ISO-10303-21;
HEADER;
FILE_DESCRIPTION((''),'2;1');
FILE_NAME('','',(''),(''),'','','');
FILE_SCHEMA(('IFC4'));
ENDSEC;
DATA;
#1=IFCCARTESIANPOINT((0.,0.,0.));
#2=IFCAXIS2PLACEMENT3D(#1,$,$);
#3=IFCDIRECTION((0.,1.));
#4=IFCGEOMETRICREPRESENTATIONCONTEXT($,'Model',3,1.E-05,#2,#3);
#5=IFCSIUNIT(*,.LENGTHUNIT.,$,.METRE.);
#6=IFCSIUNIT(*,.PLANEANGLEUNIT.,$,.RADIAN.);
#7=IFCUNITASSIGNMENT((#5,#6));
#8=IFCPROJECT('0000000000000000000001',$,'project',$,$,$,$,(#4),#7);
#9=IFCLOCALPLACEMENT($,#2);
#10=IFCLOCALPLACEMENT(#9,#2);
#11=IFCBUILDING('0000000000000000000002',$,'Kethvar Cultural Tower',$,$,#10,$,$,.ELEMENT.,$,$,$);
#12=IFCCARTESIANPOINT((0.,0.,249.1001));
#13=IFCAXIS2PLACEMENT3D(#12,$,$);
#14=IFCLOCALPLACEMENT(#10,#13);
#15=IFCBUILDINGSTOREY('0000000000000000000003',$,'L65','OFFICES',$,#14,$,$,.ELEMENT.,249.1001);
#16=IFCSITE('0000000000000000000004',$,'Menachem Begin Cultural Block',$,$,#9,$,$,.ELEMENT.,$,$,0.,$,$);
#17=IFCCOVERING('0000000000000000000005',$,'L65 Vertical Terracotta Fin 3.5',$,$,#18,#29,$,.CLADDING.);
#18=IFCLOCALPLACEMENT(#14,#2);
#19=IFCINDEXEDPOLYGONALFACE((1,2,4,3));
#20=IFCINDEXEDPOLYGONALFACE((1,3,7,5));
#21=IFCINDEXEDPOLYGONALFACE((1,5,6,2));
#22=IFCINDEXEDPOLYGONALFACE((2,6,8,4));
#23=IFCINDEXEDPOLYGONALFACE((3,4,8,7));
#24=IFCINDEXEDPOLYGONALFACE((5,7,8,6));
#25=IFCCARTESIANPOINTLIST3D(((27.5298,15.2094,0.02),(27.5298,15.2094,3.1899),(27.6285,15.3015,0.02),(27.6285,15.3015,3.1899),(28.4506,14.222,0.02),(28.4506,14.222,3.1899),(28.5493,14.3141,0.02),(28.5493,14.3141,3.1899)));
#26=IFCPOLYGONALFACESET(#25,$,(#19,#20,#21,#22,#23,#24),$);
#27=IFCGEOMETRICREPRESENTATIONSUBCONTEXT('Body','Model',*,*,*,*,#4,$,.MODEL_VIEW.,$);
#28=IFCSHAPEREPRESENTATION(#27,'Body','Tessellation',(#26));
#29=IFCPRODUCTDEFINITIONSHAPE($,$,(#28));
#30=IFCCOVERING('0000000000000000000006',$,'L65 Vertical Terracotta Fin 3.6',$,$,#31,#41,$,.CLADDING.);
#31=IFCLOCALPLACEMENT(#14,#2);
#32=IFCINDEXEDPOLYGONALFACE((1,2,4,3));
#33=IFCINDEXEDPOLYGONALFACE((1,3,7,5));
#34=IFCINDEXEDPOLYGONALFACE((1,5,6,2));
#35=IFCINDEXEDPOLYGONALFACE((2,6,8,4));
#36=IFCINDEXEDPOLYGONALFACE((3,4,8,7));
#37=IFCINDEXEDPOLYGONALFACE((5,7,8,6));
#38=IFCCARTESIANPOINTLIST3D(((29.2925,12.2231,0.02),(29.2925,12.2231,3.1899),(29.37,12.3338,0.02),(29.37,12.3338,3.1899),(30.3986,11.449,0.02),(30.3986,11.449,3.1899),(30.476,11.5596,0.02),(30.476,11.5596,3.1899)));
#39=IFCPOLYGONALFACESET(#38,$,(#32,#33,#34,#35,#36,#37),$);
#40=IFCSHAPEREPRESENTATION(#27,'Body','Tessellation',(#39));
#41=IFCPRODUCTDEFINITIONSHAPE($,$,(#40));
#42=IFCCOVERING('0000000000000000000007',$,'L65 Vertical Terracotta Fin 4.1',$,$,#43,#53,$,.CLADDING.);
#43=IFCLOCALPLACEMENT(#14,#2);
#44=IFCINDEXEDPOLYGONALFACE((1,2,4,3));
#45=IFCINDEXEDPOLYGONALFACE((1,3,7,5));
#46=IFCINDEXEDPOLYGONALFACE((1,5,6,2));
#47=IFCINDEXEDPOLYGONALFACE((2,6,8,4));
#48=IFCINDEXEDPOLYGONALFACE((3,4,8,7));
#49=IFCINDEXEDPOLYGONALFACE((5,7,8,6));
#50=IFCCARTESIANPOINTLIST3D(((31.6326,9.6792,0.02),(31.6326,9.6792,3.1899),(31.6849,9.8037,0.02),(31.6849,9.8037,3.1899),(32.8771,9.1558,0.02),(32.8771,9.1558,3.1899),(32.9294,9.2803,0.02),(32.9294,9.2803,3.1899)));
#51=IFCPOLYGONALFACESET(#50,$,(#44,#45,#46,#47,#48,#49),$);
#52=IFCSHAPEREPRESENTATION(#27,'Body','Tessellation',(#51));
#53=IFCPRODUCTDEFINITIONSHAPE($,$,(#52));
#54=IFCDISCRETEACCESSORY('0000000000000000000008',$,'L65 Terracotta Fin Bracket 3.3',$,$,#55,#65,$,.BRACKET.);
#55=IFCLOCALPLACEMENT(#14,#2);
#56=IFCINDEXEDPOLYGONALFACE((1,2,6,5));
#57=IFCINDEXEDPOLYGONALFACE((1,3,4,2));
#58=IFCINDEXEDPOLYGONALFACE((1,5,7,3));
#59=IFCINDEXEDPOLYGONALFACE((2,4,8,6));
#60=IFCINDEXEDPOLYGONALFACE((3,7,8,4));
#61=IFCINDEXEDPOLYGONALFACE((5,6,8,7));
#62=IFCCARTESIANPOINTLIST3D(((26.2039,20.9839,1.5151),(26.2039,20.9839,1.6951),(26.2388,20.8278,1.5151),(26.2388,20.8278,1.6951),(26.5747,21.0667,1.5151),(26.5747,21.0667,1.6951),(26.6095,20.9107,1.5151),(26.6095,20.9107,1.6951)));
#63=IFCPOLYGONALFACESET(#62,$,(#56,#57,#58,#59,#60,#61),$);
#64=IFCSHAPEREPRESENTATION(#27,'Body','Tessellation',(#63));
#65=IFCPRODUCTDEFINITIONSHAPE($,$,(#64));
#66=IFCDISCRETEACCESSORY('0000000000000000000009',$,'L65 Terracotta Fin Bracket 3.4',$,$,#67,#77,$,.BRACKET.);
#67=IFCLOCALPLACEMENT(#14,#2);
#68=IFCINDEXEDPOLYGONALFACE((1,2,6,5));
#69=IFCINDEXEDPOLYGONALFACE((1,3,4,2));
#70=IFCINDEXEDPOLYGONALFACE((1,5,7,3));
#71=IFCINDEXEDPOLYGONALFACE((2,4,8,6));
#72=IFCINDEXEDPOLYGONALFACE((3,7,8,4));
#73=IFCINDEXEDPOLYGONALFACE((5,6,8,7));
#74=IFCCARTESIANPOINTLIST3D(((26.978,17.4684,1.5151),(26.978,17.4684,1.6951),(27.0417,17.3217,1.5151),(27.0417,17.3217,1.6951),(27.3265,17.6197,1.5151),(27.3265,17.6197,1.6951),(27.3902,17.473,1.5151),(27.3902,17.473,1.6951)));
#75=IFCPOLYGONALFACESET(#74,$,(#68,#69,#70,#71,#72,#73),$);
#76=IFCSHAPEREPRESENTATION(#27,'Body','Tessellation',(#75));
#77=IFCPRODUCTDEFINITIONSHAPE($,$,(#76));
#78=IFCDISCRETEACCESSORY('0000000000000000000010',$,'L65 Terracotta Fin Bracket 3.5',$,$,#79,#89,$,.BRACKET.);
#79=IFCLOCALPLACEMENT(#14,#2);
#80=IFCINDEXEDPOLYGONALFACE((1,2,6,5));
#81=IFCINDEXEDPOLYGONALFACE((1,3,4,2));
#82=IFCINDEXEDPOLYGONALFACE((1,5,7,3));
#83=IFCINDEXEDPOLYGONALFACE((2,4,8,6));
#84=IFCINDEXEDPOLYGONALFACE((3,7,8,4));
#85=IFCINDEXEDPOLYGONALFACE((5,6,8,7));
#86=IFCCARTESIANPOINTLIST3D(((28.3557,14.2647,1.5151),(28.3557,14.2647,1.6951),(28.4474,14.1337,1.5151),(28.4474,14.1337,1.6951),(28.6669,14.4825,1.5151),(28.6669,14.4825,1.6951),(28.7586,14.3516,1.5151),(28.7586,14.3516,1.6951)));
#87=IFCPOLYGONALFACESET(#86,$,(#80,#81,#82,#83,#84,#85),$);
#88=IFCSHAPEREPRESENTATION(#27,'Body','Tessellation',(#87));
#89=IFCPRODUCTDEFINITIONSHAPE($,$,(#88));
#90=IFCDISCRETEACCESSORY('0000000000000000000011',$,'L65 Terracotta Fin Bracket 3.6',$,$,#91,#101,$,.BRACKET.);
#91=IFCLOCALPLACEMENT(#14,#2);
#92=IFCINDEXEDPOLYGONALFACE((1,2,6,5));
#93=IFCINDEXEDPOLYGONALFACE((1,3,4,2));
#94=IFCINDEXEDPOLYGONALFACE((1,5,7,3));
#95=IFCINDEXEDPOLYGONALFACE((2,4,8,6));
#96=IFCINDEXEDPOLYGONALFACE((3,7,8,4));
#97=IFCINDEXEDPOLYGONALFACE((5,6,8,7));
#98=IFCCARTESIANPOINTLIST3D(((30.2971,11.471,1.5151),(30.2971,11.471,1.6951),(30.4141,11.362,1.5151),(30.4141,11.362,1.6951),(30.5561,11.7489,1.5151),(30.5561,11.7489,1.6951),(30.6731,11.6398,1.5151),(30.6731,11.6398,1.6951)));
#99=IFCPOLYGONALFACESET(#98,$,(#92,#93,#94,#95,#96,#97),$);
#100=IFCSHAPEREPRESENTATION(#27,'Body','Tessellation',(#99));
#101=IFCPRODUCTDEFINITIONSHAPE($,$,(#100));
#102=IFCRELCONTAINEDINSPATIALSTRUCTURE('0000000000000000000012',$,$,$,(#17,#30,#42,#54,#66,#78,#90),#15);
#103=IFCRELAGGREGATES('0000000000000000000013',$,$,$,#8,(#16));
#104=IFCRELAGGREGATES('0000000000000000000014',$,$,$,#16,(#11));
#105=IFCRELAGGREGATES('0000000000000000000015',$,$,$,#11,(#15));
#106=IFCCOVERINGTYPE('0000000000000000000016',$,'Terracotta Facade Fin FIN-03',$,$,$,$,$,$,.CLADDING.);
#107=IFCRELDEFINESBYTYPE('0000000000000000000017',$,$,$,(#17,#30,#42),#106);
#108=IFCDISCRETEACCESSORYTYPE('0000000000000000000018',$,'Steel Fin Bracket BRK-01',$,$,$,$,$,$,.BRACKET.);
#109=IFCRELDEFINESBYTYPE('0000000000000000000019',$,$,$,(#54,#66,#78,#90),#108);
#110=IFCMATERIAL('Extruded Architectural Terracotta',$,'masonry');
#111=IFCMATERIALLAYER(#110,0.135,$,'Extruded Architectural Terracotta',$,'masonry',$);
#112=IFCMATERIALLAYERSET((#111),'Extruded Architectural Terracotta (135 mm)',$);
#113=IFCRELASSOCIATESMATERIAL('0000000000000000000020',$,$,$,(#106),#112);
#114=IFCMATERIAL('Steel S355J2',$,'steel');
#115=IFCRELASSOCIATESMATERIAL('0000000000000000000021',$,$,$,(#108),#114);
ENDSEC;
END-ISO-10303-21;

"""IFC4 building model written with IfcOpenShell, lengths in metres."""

from ifc_helpers import new_model, si_unit, direction, frame, origin, origin_2d, place, context, subcontext, project, spatial, rectangle, extrude, source, transform, mapped, material, layer, layer_set, type_object, element, save


model = new_model("IFC4")

# Units and contexts
model_context = context("Model", 3, precision=1e-05, world=origin(), true_north=direction((0.0, 1.0)))
body_context = subcontext(model_context, "Body", "Model", "MODEL_VIEW")
ifc_project = project(units=[si_unit("LENGTHUNIT", "METRE"), si_unit("PLANEANGLEUNIT", "RADIAN")], contexts=[model_context])

# Site, building, storey
site_placement = place(None, origin())
site = spatial("IfcSite", under=ifc_project, at=site_placement, Name="Menachem Begin Cultural Block", CompositionType="ELEMENT", RefElevation=0.0)
building_placement = place(site_placement, origin())
building = spatial("IfcBuilding", under=site, at=building_placement, Name="Kethvar Cultural Tower", CompositionType="ELEMENT")
storey_placement = place(building_placement, frame((0.0, 0.0, 249.1001)))
storey = spatial("IfcBuildingStorey", under=building, at=storey_placement, Name="L65", Description="OFFICES", CompositionType="ELEMENT", Elevation=249.1001)

# Shared definitions
ifc_material_1 = material(Name="Steel S355J2", Category="steel")

# Coverings
ifc_material_2 = material(Name="Extruded Architectural Terracotta", Category="masonry")
ifc_layer_1 = layer(ifc_material_2, 0.135, Name="Extruded Architectural Terracotta", Category="masonry")
ifc_layer_set_1 = layer_set([ifc_layer_1], Name="Extruded Architectural Terracotta (135 mm)")
covering_type_1 = type_object("IfcCoveringType", Name="Terracotta Facade Fin FIN-03", PredefinedType="CLADDING", material=ifc_layer_set_1)
shared_shape_1 = source(origin(), body_context, "Body", "SweptSolid", [
    extrude(rectangle(XDim=1.3501, YDim=0.135, at=origin_2d()), origin(), (0.0, 0.0, 1.0), 3.1699),
])
for number, where, z_axis, x_axis, name in (
    (1, (28.0396, 14.7617, 0.02), (0.0, 0.0, 1.0), (-0.681998, 0.731354, 0.0), "L65 Vertical Terracotta Fin 3.5"),
    (2, (29.8843, 11.8914, 0.02), (0.0, 0.0, 1.0), (-0.819252, 0.573433, 0.0), "L65 Vertical Terracotta Fin 3.6"),
    (3, (32.281, 9.4797, 0.02), (0.0, 0.0, 1.0), (-0.921796, 0.387676, 0.0), "L65 Vertical Terracotta Fin 4.1"),
):
    element("IfcCovering", number, at=place(storey_placement, frame(where, z_axis=z_axis, x_axis=x_axis)), inside=storey, type_object=covering_type_1, Name=name, PredefinedType="CLADDING", context=body_context, shape_type="MappedRepresentation", body=[
        mapped(shared_shape_1, transform((0.0, 0.0, 0.0), scale=1.0)),
    ])

# Discrete accessories
discrete_accessory_type = type_object("IfcDiscreteAccessoryType", Name="Steel Fin Bracket BRK-01", PredefinedType="BRACKET", material=ifc_material_1)
shared_shape_2 = source(origin(), body_context, "Body", "SweptSolid", [
    extrude(rectangle(XDim=0.3799, YDim=0.1599, at=origin_2d()), origin(), (0.0, 0.0, 1.0), 0.1799),
])
for number, where, z_axis, x_axis, name in (
    (4, (26.4067, 20.9473, 1.5151), (0.0, 0.0, 1.0), (-0.975917, -0.218143, 0.0), "L65 Terracotta Fin Bracket 3.3"),
    (5, (27.1841, 17.4707, 1.5151), (0.0, 0.0, 1.0), (-0.917269, -0.398269, 0.0), "L65 Terracotta Fin Bracket 3.4"),
    (6, (28.5571, 14.3081, 1.5151), (0.0, 0.0, 1.0), (-0.819152, -0.573576, 0.0), "L65 Terracotta Fin Bracket 3.5"),
    (7, (30.4851, 11.5554, 1.5151), (0.0, 0.0, 1.0), (-0.681871, -0.731473, 0.0), "L65 Terracotta Fin Bracket 3.6"),
):
    element("IfcDiscreteAccessory", number, at=place(storey_placement, frame(where, z_axis=z_axis, x_axis=x_axis)), inside=storey, type_object=discrete_accessory_type, Name=name, PredefinedType="BRACKET", context=body_context, shape_type="MappedRepresentation", body=[
        mapped(shared_shape_2, transform((0.0, 0.0, 0.0), scale=1.0)),
    ])

save(model, "model.ifc")
